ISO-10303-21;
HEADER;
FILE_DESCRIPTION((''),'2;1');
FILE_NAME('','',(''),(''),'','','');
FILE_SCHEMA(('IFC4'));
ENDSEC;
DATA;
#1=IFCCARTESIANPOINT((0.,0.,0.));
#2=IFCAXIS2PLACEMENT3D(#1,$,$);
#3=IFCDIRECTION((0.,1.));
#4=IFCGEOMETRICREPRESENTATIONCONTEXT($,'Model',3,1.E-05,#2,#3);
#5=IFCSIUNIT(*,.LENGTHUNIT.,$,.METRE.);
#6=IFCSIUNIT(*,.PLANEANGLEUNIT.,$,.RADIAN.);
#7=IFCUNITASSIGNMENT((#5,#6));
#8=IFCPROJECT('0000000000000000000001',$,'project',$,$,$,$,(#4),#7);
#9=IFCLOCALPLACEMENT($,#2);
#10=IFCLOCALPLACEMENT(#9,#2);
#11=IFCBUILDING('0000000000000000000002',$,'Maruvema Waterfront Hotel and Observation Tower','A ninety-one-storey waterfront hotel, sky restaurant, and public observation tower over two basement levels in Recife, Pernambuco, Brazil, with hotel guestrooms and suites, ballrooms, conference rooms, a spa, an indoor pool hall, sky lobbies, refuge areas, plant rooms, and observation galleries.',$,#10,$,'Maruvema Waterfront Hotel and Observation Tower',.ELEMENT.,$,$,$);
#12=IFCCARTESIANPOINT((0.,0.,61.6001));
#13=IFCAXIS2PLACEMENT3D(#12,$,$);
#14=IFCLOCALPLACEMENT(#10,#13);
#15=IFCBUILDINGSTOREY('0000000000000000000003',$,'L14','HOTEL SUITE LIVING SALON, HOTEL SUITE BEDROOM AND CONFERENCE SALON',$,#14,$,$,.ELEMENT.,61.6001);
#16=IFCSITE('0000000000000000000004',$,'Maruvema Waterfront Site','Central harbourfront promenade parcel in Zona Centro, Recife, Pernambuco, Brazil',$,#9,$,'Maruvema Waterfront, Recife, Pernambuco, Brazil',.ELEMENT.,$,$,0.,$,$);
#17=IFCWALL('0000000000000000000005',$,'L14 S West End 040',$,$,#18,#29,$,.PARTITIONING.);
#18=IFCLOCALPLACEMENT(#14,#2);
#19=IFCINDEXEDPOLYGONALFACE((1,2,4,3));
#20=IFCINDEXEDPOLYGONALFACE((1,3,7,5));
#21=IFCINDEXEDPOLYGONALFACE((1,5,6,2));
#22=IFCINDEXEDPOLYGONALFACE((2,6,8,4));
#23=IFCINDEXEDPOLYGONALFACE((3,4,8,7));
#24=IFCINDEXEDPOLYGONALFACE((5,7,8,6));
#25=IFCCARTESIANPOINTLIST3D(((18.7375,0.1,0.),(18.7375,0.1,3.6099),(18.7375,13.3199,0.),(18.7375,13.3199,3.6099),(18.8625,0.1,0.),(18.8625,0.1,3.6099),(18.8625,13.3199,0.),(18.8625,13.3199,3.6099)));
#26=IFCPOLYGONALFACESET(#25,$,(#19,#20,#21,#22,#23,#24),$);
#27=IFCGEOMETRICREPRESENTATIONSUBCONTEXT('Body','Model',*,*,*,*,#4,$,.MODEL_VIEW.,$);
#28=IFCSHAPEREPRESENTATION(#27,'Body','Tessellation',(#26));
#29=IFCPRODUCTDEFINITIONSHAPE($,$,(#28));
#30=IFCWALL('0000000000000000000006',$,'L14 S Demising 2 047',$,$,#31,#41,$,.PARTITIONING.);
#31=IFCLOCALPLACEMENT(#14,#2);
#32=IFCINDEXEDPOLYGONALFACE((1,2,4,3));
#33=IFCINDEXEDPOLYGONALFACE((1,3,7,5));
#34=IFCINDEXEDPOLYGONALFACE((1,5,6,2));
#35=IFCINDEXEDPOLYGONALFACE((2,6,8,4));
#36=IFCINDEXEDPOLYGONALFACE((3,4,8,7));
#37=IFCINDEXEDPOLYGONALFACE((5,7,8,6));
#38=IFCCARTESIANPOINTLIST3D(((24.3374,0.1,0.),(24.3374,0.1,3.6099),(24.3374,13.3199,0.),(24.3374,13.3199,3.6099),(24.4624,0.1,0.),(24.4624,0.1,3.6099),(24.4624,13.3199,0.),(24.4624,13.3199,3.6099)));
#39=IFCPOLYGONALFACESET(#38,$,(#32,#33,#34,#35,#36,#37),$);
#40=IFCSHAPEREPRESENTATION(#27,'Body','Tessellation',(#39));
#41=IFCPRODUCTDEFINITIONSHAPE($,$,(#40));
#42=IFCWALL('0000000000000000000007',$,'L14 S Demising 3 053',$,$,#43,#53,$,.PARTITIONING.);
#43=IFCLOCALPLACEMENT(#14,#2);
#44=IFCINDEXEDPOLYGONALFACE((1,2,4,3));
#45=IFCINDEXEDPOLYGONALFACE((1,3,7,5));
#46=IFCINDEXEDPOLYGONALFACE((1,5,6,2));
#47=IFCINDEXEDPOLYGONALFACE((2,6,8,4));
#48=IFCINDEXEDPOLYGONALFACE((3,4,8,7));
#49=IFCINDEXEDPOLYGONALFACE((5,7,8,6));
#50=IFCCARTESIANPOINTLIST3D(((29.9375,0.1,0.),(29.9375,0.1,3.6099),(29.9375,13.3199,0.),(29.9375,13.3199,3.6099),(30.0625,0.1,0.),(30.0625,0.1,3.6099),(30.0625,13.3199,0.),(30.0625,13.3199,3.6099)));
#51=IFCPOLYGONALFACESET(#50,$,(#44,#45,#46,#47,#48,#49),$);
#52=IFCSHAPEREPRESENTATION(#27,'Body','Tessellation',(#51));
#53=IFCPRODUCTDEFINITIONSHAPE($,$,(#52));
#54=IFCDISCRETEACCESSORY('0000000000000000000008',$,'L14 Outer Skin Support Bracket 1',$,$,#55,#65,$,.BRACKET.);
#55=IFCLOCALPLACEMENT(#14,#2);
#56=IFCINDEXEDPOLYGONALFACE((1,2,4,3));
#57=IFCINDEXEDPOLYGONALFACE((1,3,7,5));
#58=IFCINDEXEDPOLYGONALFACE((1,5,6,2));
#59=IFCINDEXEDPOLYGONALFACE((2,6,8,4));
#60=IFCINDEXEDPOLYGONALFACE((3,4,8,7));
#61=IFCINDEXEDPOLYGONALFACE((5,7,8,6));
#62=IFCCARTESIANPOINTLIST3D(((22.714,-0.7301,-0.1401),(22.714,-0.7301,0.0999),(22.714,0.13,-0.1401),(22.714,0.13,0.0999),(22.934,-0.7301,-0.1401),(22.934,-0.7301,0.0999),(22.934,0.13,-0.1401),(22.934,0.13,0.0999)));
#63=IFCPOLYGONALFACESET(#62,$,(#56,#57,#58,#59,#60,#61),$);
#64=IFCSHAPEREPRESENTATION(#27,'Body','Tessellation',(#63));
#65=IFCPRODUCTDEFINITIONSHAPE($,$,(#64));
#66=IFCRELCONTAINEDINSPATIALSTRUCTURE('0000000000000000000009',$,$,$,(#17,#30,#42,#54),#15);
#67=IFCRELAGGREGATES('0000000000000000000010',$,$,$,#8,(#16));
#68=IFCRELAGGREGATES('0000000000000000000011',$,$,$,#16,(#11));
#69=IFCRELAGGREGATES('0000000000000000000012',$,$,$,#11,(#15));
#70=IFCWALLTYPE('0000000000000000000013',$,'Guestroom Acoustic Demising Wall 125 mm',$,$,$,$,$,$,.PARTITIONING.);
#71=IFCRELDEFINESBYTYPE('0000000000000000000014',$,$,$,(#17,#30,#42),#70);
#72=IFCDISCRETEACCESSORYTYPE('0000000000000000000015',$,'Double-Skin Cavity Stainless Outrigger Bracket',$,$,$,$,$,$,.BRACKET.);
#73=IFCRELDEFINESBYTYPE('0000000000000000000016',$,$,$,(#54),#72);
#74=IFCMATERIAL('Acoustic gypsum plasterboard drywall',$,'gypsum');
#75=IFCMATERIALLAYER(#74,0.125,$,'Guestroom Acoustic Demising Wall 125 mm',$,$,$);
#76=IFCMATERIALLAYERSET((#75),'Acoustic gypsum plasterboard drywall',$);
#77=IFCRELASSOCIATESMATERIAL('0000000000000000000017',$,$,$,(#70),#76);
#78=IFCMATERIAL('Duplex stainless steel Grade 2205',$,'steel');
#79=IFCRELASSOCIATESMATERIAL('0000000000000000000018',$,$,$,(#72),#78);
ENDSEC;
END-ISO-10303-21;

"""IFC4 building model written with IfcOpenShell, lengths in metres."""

from ifc_helpers import new_model, si_unit, direction, frame, frame_2d, origin, origin_2d, place, context, subcontext, project, spatial, rectangle, extrude, material, layer, layer_set, type_object, element, save


model = new_model("IFC4")

# Units and contexts
model_context = context("Model", 3, precision=1e-05, world=origin(), true_north=direction((0.0, 1.0)))
body_context = subcontext(model_context, "Body", "Model", "MODEL_VIEW")
ifc_project = project(units=[si_unit("LENGTHUNIT", "METRE"), si_unit("PLANEANGLEUNIT", "RADIAN")], contexts=[model_context])

# Site, building, storey
site_placement = place(None, origin())
site = spatial("IfcSite", under=ifc_project, at=site_placement, Name="Maruvema Waterfront Site", Description="Central harbourfront promenade parcel in Zona Centro, Recife, Pernambuco, Brazil", LongName="Maruvema Waterfront, Recife, Pernambuco, Brazil", CompositionType="ELEMENT", RefElevation=0.0)
building_placement = place(site_placement, origin())
building = spatial("IfcBuilding", under=site, at=building_placement, Name="Maruvema Waterfront Hotel and Observation Tower", Description="A ninety-one-storey waterfront hotel, sky restaurant, and public observation tower over two basement levels in Recife, Pernambuco, Brazil, with hotel guestrooms and suites, ballrooms, conference rooms, a spa, an indoor pool hall, sky lobbies, refuge areas, plant rooms, and observation galleries.", LongName="Maruvema Waterfront Hotel and Observation Tower", CompositionType="ELEMENT")
storey_placement = place(building_placement, frame((0.0, 0.0, 61.6001)))
storey = spatial("IfcBuildingStorey", under=building, at=storey_placement, Name="L14", Description="HOTEL SUITE LIVING SALON, HOTEL SUITE BEDROOM AND CONFERENCE SALON", CompositionType="ELEMENT", Elevation=61.6001)

# Walls
ifc_material_1 = material(Name="Acoustic gypsum plasterboard drywall", Category="gypsum")
ifc_layer_1 = layer(ifc_material_1, 0.125, Name="Guestroom Acoustic Demising Wall 125 mm")
ifc_layer_set_1 = layer_set([ifc_layer_1], Name="Acoustic gypsum plasterboard drywall")
wall_type_1 = type_object("IfcWallType", Name="Guestroom Acoustic Demising Wall 125 mm", PredefinedType="PARTITIONING", material=ifc_layer_set_1)
for number, where, z_axis, x_axis, name in (
    (1, (18.8, 0.1001, 0.0), (0.0, 0.0, 1.0), (0.0, 1.0, 0.0), "L14 S West End 040"),
    (2, (24.3999, 0.1001, 0.0), (0.0, 0.0, 1.0), (0.0, 1.0, 0.0), "L14 S Demising 2 047"),
    (3, (30.0, 0.1001, 0.0), (0.0, 0.0, 1.0), (0.0, 1.0, 0.0), "L14 S Demising 3 053"),
):
    element("IfcWall", number, at=place(storey_placement, frame(where, z_axis=z_axis, x_axis=x_axis)), inside=storey, type_object=wall_type_1, Name=name, PredefinedType="PARTITIONING", context=body_context, shape_type="SweptSolid", body=[
        extrude(rectangle(XDim=13.22, YDim=0.125, at=frame_2d((6.6099, 0.0))), origin(), (0.0, 0.0, 1.0), 3.6099),
    ])

# Discrete accessory
ifc_material_2 = material(Name="Duplex stainless steel Grade 2205", Category="steel")
discrete_accessory_type = type_object("IfcDiscreteAccessoryType", Name="Double-Skin Cavity Stainless Outrigger Bracket", PredefinedType="BRACKET", material=ifc_material_2)
discrete_accessory_placement = place(storey_placement, frame((22.824, -0.3, -0.1401), z_axis=(0.0, 0.0, 1.0), x_axis=(1.0, 0.0, 0.0)))
element("IfcDiscreteAccessory", 4, at=discrete_accessory_placement, inside=storey, type_object=discrete_accessory_type, Name="L14 Outer Skin Support Bracket 1", PredefinedType="BRACKET", context=body_context, shape_type="SweptSolid", body=[
    extrude(rectangle(XDim=0.22, YDim=0.8601, at=origin_2d()), origin(), (0.0, 0.0, 1.0), 0.24),
])

save(model, "model.ifc")
